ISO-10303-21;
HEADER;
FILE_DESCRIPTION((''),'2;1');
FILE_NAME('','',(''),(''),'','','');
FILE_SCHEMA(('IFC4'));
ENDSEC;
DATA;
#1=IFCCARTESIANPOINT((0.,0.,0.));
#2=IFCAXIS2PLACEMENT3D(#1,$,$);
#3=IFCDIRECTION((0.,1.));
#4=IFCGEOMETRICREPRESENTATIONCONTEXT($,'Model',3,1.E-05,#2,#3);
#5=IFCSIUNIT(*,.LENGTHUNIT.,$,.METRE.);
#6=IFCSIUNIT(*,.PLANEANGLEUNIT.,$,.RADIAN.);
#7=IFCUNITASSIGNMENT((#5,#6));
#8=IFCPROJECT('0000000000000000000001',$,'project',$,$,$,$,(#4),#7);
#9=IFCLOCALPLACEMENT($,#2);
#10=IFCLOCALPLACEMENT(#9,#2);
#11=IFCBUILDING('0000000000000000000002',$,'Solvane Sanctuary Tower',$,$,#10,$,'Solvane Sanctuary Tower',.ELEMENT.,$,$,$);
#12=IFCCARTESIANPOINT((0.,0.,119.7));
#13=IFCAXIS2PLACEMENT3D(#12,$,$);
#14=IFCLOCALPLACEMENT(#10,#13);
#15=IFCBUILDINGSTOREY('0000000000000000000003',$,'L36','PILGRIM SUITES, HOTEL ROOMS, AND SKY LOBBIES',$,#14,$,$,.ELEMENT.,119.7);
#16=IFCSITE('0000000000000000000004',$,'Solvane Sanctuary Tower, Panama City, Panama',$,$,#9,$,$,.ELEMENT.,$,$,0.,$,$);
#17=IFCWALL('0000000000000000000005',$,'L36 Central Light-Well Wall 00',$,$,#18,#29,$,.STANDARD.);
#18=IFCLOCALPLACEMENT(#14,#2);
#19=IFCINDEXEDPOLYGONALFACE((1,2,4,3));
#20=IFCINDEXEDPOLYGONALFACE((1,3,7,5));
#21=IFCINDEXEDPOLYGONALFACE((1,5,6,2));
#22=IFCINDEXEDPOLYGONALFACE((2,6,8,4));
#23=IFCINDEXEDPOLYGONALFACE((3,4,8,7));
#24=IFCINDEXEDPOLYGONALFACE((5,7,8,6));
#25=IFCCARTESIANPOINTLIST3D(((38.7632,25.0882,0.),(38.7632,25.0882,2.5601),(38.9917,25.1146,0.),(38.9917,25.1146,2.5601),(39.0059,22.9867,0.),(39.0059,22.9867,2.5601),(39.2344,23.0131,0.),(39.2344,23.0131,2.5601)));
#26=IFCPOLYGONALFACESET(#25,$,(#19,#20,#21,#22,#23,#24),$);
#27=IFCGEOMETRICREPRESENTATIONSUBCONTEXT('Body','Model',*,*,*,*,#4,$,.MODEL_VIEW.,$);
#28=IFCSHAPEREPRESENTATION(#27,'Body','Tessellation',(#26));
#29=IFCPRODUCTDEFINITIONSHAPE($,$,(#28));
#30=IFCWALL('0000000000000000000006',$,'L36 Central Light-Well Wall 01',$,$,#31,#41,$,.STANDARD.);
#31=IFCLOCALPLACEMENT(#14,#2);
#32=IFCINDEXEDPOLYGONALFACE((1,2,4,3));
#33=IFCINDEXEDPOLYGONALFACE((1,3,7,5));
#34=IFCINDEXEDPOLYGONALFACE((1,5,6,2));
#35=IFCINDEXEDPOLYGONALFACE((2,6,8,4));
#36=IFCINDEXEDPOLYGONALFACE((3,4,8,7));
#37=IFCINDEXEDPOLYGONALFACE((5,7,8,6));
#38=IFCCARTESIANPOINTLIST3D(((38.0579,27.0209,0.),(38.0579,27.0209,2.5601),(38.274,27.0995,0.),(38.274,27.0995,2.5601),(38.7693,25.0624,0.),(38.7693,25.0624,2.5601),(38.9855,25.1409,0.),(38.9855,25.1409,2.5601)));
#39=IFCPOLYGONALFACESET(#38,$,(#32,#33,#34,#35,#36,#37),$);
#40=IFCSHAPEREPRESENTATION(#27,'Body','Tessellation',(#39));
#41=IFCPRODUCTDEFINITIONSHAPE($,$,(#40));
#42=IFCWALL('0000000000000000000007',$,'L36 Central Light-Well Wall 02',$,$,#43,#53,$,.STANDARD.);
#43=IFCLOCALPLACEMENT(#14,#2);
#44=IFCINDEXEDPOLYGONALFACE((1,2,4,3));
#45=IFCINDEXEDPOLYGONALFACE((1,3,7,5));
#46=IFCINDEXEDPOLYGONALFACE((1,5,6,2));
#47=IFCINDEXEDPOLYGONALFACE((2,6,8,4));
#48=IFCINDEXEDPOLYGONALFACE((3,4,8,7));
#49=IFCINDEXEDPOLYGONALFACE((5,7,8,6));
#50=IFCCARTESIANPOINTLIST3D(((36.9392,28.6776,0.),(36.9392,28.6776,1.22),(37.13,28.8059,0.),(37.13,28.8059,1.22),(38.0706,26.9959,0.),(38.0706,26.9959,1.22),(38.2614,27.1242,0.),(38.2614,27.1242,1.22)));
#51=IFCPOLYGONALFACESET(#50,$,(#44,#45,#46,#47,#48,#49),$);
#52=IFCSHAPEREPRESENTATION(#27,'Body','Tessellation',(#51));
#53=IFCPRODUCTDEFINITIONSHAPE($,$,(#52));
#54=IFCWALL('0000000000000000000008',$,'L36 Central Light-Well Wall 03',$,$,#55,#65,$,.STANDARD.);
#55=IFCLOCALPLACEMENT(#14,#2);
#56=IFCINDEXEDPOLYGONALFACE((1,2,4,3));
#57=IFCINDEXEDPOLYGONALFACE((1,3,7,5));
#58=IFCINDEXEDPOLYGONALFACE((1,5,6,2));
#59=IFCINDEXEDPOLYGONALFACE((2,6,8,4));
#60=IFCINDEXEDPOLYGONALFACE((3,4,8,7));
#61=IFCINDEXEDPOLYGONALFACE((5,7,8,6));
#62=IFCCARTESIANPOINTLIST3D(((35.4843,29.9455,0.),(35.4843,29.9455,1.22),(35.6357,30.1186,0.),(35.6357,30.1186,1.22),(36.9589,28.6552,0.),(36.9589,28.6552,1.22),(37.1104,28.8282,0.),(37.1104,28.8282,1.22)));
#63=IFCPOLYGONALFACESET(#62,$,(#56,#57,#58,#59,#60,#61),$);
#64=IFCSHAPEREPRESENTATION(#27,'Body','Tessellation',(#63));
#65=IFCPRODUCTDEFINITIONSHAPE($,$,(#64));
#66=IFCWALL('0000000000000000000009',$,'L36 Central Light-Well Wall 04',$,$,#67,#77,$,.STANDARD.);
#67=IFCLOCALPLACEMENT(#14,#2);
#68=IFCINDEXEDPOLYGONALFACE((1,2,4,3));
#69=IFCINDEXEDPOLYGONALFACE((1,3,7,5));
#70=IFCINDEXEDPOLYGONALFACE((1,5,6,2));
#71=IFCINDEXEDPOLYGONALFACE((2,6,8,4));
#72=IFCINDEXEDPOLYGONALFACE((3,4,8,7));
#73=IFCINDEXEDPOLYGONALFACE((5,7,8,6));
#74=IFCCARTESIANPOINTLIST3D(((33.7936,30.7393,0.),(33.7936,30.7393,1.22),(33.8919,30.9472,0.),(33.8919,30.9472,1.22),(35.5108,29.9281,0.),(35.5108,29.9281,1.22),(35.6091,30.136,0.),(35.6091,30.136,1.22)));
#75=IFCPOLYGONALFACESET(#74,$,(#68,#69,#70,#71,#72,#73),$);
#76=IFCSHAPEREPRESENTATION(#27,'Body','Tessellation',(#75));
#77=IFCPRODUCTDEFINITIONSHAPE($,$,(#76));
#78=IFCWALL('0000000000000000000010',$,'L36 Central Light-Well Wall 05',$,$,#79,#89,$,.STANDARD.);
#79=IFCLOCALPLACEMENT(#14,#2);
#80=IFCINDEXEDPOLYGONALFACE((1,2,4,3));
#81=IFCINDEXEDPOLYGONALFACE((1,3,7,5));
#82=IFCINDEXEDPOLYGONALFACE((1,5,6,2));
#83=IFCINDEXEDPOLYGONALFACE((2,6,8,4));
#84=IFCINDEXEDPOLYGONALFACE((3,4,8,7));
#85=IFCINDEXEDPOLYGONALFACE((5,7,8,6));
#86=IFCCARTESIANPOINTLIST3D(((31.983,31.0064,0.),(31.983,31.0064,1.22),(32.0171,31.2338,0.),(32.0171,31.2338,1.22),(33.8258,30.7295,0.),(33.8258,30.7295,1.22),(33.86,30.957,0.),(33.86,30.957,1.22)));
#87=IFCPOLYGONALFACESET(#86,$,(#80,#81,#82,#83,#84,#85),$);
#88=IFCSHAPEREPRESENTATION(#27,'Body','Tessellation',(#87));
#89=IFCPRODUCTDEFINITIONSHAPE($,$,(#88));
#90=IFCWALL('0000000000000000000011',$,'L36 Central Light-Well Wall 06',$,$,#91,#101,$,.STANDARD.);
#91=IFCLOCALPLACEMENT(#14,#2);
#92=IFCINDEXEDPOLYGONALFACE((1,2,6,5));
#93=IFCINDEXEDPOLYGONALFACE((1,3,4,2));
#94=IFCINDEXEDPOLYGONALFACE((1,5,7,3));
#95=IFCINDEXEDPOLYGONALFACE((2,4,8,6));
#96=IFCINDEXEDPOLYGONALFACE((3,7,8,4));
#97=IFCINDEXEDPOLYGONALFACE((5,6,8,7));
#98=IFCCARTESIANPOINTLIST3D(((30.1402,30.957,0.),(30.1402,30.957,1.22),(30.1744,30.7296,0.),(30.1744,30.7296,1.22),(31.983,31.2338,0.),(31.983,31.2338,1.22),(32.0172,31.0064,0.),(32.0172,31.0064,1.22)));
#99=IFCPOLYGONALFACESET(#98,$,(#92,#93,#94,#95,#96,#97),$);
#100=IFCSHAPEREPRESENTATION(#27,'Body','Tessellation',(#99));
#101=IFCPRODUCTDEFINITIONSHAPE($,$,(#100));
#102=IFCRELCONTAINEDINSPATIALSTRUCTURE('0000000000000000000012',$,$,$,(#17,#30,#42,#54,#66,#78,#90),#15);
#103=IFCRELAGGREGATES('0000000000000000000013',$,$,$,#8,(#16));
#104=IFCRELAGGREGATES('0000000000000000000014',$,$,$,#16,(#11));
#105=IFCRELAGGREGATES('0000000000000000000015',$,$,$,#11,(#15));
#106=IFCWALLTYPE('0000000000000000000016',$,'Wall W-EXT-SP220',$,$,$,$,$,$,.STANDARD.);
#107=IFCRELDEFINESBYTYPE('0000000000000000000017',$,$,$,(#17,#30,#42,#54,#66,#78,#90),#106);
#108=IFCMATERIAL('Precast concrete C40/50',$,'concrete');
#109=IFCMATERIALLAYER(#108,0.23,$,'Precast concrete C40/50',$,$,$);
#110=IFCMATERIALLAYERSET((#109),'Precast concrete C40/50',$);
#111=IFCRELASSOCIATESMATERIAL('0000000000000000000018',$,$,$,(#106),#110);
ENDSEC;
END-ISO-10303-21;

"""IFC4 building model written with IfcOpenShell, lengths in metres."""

from ifc_helpers import new_model, si_unit, direction, frame, frame_2d, origin, place, context, subcontext, project, spatial, rectangle, extrude, material, layer, layer_set, type_object, element, save


model = new_model("IFC4")

# Units and contexts
model_context = context("Model", 3, precision=1e-05, world=origin(), true_north=direction((0.0, 1.0)))
body_context = subcontext(model_context, "Body", "Model", "MODEL_VIEW")
ifc_project = project(units=[si_unit("LENGTHUNIT", "METRE"), si_unit("PLANEANGLEUNIT", "RADIAN")], contexts=[model_context])

# Site, building, storey
site_placement = place(None, origin())
site = spatial("IfcSite", under=ifc_project, at=site_placement, Name="Solvane Sanctuary Tower, Panama City, Panama", CompositionType="ELEMENT", RefElevation=0.0)
building_placement = place(site_placement, origin())
building = spatial("IfcBuilding", under=site, at=building_placement, Name="Solvane Sanctuary Tower", LongName="Solvane Sanctuary Tower", CompositionType="ELEMENT")
storey_placement = place(building_placement, frame((0.0, 0.0, 119.7)))
storey = spatial("IfcBuildingStorey", under=building, at=storey_placement, Name="L36", Description="PILGRIM SUITES, HOTEL ROOMS, AND SKY LOBBIES", CompositionType="ELEMENT", Elevation=119.7)

# Walls
ifc_material_1 = material(Name="Precast concrete C40/50", Category="concrete")
ifc_layer_1 = layer(ifc_material_1, 0.23, Name="Precast concrete C40/50")
ifc_layer_set_1 = layer_set([ifc_layer_1], Name="Precast concrete C40/50")
wall_type_1 = type_object("IfcWallType", Name="Wall W-EXT-SP220", PredefinedType="STANDARD", material=ifc_layer_set_1)
wall_1_placement = place(storey_placement, frame((39.1201, 23.0, 0.0), z_axis=(0.0, 0.0, 1.0), x_axis=(-0.114712, 0.993399, 0.0)))
element("IfcWall", 1, at=wall_1_placement, inside=storey, type_object=wall_type_1, Name="L36 Central Light-Well Wall 00", PredefinedType="STANDARD", context=body_context, shape_type="SweptSolid", body=[
    extrude(rectangle(XDim=2.1155, YDim=0.23, at=frame_2d((1.0576, 0.0))), origin(), (0.0, 0.0, 1.0), 2.5601),
])
wall_2_placement = place(storey_placement, frame((38.8774, 25.1016, 0.0), z_axis=(0.0, 0.0, 1.0), x_axis=(-0.341423, 0.93991, 0.0)))
element("IfcWall", 2, at=wall_2_placement, inside=storey, type_object=wall_type_1, Name="L36 Central Light-Well Wall 01", PredefinedType="STANDARD", context=body_context, shape_type="SweptSolid", body=[
    extrude(rectangle(XDim=2.0837, YDim=0.23, at=frame_2d((1.042, 0.0))), origin(), (0.0, 0.0, 1.0), 2.5601),
])
wall_3_placement = place(storey_placement, frame((38.166, 27.0601, 0.0), z_axis=(0.0, 0.0, 1.0), x_axis=(-0.558198, 0.829708, 0.0)))
element("IfcWall", 3, at=wall_3_placement, inside=storey, type_object=wall_type_1, Name="L36 Central Light-Well Wall 02", PredefinedType="STANDARD", context=body_context, shape_type="SweptSolid", body=[
    extrude(rectangle(XDim=2.0269, YDim=0.23, at=frame_2d((1.0134, 0.0))), origin(), (0.0, 0.0, 1.0), 1.22),
])
wall_4_placement = place(storey_placement, frame((37.0347, 28.7417, 0.0), z_axis=(0.0, 0.0, 1.0), x_axis=(-0.752577, 0.658505, 0.0)))
element("IfcWall", 4, at=wall_4_placement, inside=storey, type_object=wall_type_1, Name="L36 Central Light-Well Wall 03", PredefinedType="STANDARD", context=body_context, shape_type="SweptSolid", body=[
    extrude(rectangle(XDim=1.9595, YDim=0.23, at=frame_2d((0.9797, 0.0))), origin(), (0.0, 0.0, 1.0), 1.22),
])
wall_5_placement = place(storey_placement, frame((35.5601, 30.032, 0.0), z_axis=(0.0, 0.0, 1.0), x_axis=(-0.90418, 0.427152, 0.0)))
element("IfcWall", 5, at=wall_5_placement, inside=storey, type_object=wall_type_1, Name="L36 Central Light-Well Wall 04", PredefinedType="STANDARD", context=body_context, shape_type="SweptSolid", body=[
    extrude(rectangle(XDim=1.8992, YDim=0.23, at=frame_2d((0.9497, 0.0))), origin(), (0.0, 0.0, 1.0), 1.22),
])
for number, where, z_axis, x_axis, name in (
    (6, (33.8428, 30.8433, 0.0), (0.0, 0.0, 1.0), (-0.988902, 0.148571, 0.0), "L36 Central Light-Well Wall 05"),
    (7, (32.0, 31.1201, 0.0), (0.0, 0.0, 1.0), (-0.988902, -0.148571, 0.0), "L36 Central Light-Well Wall 06"),
):
    element("IfcWall", number, at=place(storey_placement, frame(where, z_axis=z_axis, x_axis=x_axis)), inside=storey, type_object=wall_type_1, Name=name, PredefinedType="STANDARD", context=body_context, shape_type="SweptSolid", body=[
        extrude(rectangle(XDim=1.8635, YDim=0.23, at=frame_2d((0.9316, 0.0))), origin(), (0.0, 0.0, 1.0), 1.22),
    ])

save(model, "model.ifc")
